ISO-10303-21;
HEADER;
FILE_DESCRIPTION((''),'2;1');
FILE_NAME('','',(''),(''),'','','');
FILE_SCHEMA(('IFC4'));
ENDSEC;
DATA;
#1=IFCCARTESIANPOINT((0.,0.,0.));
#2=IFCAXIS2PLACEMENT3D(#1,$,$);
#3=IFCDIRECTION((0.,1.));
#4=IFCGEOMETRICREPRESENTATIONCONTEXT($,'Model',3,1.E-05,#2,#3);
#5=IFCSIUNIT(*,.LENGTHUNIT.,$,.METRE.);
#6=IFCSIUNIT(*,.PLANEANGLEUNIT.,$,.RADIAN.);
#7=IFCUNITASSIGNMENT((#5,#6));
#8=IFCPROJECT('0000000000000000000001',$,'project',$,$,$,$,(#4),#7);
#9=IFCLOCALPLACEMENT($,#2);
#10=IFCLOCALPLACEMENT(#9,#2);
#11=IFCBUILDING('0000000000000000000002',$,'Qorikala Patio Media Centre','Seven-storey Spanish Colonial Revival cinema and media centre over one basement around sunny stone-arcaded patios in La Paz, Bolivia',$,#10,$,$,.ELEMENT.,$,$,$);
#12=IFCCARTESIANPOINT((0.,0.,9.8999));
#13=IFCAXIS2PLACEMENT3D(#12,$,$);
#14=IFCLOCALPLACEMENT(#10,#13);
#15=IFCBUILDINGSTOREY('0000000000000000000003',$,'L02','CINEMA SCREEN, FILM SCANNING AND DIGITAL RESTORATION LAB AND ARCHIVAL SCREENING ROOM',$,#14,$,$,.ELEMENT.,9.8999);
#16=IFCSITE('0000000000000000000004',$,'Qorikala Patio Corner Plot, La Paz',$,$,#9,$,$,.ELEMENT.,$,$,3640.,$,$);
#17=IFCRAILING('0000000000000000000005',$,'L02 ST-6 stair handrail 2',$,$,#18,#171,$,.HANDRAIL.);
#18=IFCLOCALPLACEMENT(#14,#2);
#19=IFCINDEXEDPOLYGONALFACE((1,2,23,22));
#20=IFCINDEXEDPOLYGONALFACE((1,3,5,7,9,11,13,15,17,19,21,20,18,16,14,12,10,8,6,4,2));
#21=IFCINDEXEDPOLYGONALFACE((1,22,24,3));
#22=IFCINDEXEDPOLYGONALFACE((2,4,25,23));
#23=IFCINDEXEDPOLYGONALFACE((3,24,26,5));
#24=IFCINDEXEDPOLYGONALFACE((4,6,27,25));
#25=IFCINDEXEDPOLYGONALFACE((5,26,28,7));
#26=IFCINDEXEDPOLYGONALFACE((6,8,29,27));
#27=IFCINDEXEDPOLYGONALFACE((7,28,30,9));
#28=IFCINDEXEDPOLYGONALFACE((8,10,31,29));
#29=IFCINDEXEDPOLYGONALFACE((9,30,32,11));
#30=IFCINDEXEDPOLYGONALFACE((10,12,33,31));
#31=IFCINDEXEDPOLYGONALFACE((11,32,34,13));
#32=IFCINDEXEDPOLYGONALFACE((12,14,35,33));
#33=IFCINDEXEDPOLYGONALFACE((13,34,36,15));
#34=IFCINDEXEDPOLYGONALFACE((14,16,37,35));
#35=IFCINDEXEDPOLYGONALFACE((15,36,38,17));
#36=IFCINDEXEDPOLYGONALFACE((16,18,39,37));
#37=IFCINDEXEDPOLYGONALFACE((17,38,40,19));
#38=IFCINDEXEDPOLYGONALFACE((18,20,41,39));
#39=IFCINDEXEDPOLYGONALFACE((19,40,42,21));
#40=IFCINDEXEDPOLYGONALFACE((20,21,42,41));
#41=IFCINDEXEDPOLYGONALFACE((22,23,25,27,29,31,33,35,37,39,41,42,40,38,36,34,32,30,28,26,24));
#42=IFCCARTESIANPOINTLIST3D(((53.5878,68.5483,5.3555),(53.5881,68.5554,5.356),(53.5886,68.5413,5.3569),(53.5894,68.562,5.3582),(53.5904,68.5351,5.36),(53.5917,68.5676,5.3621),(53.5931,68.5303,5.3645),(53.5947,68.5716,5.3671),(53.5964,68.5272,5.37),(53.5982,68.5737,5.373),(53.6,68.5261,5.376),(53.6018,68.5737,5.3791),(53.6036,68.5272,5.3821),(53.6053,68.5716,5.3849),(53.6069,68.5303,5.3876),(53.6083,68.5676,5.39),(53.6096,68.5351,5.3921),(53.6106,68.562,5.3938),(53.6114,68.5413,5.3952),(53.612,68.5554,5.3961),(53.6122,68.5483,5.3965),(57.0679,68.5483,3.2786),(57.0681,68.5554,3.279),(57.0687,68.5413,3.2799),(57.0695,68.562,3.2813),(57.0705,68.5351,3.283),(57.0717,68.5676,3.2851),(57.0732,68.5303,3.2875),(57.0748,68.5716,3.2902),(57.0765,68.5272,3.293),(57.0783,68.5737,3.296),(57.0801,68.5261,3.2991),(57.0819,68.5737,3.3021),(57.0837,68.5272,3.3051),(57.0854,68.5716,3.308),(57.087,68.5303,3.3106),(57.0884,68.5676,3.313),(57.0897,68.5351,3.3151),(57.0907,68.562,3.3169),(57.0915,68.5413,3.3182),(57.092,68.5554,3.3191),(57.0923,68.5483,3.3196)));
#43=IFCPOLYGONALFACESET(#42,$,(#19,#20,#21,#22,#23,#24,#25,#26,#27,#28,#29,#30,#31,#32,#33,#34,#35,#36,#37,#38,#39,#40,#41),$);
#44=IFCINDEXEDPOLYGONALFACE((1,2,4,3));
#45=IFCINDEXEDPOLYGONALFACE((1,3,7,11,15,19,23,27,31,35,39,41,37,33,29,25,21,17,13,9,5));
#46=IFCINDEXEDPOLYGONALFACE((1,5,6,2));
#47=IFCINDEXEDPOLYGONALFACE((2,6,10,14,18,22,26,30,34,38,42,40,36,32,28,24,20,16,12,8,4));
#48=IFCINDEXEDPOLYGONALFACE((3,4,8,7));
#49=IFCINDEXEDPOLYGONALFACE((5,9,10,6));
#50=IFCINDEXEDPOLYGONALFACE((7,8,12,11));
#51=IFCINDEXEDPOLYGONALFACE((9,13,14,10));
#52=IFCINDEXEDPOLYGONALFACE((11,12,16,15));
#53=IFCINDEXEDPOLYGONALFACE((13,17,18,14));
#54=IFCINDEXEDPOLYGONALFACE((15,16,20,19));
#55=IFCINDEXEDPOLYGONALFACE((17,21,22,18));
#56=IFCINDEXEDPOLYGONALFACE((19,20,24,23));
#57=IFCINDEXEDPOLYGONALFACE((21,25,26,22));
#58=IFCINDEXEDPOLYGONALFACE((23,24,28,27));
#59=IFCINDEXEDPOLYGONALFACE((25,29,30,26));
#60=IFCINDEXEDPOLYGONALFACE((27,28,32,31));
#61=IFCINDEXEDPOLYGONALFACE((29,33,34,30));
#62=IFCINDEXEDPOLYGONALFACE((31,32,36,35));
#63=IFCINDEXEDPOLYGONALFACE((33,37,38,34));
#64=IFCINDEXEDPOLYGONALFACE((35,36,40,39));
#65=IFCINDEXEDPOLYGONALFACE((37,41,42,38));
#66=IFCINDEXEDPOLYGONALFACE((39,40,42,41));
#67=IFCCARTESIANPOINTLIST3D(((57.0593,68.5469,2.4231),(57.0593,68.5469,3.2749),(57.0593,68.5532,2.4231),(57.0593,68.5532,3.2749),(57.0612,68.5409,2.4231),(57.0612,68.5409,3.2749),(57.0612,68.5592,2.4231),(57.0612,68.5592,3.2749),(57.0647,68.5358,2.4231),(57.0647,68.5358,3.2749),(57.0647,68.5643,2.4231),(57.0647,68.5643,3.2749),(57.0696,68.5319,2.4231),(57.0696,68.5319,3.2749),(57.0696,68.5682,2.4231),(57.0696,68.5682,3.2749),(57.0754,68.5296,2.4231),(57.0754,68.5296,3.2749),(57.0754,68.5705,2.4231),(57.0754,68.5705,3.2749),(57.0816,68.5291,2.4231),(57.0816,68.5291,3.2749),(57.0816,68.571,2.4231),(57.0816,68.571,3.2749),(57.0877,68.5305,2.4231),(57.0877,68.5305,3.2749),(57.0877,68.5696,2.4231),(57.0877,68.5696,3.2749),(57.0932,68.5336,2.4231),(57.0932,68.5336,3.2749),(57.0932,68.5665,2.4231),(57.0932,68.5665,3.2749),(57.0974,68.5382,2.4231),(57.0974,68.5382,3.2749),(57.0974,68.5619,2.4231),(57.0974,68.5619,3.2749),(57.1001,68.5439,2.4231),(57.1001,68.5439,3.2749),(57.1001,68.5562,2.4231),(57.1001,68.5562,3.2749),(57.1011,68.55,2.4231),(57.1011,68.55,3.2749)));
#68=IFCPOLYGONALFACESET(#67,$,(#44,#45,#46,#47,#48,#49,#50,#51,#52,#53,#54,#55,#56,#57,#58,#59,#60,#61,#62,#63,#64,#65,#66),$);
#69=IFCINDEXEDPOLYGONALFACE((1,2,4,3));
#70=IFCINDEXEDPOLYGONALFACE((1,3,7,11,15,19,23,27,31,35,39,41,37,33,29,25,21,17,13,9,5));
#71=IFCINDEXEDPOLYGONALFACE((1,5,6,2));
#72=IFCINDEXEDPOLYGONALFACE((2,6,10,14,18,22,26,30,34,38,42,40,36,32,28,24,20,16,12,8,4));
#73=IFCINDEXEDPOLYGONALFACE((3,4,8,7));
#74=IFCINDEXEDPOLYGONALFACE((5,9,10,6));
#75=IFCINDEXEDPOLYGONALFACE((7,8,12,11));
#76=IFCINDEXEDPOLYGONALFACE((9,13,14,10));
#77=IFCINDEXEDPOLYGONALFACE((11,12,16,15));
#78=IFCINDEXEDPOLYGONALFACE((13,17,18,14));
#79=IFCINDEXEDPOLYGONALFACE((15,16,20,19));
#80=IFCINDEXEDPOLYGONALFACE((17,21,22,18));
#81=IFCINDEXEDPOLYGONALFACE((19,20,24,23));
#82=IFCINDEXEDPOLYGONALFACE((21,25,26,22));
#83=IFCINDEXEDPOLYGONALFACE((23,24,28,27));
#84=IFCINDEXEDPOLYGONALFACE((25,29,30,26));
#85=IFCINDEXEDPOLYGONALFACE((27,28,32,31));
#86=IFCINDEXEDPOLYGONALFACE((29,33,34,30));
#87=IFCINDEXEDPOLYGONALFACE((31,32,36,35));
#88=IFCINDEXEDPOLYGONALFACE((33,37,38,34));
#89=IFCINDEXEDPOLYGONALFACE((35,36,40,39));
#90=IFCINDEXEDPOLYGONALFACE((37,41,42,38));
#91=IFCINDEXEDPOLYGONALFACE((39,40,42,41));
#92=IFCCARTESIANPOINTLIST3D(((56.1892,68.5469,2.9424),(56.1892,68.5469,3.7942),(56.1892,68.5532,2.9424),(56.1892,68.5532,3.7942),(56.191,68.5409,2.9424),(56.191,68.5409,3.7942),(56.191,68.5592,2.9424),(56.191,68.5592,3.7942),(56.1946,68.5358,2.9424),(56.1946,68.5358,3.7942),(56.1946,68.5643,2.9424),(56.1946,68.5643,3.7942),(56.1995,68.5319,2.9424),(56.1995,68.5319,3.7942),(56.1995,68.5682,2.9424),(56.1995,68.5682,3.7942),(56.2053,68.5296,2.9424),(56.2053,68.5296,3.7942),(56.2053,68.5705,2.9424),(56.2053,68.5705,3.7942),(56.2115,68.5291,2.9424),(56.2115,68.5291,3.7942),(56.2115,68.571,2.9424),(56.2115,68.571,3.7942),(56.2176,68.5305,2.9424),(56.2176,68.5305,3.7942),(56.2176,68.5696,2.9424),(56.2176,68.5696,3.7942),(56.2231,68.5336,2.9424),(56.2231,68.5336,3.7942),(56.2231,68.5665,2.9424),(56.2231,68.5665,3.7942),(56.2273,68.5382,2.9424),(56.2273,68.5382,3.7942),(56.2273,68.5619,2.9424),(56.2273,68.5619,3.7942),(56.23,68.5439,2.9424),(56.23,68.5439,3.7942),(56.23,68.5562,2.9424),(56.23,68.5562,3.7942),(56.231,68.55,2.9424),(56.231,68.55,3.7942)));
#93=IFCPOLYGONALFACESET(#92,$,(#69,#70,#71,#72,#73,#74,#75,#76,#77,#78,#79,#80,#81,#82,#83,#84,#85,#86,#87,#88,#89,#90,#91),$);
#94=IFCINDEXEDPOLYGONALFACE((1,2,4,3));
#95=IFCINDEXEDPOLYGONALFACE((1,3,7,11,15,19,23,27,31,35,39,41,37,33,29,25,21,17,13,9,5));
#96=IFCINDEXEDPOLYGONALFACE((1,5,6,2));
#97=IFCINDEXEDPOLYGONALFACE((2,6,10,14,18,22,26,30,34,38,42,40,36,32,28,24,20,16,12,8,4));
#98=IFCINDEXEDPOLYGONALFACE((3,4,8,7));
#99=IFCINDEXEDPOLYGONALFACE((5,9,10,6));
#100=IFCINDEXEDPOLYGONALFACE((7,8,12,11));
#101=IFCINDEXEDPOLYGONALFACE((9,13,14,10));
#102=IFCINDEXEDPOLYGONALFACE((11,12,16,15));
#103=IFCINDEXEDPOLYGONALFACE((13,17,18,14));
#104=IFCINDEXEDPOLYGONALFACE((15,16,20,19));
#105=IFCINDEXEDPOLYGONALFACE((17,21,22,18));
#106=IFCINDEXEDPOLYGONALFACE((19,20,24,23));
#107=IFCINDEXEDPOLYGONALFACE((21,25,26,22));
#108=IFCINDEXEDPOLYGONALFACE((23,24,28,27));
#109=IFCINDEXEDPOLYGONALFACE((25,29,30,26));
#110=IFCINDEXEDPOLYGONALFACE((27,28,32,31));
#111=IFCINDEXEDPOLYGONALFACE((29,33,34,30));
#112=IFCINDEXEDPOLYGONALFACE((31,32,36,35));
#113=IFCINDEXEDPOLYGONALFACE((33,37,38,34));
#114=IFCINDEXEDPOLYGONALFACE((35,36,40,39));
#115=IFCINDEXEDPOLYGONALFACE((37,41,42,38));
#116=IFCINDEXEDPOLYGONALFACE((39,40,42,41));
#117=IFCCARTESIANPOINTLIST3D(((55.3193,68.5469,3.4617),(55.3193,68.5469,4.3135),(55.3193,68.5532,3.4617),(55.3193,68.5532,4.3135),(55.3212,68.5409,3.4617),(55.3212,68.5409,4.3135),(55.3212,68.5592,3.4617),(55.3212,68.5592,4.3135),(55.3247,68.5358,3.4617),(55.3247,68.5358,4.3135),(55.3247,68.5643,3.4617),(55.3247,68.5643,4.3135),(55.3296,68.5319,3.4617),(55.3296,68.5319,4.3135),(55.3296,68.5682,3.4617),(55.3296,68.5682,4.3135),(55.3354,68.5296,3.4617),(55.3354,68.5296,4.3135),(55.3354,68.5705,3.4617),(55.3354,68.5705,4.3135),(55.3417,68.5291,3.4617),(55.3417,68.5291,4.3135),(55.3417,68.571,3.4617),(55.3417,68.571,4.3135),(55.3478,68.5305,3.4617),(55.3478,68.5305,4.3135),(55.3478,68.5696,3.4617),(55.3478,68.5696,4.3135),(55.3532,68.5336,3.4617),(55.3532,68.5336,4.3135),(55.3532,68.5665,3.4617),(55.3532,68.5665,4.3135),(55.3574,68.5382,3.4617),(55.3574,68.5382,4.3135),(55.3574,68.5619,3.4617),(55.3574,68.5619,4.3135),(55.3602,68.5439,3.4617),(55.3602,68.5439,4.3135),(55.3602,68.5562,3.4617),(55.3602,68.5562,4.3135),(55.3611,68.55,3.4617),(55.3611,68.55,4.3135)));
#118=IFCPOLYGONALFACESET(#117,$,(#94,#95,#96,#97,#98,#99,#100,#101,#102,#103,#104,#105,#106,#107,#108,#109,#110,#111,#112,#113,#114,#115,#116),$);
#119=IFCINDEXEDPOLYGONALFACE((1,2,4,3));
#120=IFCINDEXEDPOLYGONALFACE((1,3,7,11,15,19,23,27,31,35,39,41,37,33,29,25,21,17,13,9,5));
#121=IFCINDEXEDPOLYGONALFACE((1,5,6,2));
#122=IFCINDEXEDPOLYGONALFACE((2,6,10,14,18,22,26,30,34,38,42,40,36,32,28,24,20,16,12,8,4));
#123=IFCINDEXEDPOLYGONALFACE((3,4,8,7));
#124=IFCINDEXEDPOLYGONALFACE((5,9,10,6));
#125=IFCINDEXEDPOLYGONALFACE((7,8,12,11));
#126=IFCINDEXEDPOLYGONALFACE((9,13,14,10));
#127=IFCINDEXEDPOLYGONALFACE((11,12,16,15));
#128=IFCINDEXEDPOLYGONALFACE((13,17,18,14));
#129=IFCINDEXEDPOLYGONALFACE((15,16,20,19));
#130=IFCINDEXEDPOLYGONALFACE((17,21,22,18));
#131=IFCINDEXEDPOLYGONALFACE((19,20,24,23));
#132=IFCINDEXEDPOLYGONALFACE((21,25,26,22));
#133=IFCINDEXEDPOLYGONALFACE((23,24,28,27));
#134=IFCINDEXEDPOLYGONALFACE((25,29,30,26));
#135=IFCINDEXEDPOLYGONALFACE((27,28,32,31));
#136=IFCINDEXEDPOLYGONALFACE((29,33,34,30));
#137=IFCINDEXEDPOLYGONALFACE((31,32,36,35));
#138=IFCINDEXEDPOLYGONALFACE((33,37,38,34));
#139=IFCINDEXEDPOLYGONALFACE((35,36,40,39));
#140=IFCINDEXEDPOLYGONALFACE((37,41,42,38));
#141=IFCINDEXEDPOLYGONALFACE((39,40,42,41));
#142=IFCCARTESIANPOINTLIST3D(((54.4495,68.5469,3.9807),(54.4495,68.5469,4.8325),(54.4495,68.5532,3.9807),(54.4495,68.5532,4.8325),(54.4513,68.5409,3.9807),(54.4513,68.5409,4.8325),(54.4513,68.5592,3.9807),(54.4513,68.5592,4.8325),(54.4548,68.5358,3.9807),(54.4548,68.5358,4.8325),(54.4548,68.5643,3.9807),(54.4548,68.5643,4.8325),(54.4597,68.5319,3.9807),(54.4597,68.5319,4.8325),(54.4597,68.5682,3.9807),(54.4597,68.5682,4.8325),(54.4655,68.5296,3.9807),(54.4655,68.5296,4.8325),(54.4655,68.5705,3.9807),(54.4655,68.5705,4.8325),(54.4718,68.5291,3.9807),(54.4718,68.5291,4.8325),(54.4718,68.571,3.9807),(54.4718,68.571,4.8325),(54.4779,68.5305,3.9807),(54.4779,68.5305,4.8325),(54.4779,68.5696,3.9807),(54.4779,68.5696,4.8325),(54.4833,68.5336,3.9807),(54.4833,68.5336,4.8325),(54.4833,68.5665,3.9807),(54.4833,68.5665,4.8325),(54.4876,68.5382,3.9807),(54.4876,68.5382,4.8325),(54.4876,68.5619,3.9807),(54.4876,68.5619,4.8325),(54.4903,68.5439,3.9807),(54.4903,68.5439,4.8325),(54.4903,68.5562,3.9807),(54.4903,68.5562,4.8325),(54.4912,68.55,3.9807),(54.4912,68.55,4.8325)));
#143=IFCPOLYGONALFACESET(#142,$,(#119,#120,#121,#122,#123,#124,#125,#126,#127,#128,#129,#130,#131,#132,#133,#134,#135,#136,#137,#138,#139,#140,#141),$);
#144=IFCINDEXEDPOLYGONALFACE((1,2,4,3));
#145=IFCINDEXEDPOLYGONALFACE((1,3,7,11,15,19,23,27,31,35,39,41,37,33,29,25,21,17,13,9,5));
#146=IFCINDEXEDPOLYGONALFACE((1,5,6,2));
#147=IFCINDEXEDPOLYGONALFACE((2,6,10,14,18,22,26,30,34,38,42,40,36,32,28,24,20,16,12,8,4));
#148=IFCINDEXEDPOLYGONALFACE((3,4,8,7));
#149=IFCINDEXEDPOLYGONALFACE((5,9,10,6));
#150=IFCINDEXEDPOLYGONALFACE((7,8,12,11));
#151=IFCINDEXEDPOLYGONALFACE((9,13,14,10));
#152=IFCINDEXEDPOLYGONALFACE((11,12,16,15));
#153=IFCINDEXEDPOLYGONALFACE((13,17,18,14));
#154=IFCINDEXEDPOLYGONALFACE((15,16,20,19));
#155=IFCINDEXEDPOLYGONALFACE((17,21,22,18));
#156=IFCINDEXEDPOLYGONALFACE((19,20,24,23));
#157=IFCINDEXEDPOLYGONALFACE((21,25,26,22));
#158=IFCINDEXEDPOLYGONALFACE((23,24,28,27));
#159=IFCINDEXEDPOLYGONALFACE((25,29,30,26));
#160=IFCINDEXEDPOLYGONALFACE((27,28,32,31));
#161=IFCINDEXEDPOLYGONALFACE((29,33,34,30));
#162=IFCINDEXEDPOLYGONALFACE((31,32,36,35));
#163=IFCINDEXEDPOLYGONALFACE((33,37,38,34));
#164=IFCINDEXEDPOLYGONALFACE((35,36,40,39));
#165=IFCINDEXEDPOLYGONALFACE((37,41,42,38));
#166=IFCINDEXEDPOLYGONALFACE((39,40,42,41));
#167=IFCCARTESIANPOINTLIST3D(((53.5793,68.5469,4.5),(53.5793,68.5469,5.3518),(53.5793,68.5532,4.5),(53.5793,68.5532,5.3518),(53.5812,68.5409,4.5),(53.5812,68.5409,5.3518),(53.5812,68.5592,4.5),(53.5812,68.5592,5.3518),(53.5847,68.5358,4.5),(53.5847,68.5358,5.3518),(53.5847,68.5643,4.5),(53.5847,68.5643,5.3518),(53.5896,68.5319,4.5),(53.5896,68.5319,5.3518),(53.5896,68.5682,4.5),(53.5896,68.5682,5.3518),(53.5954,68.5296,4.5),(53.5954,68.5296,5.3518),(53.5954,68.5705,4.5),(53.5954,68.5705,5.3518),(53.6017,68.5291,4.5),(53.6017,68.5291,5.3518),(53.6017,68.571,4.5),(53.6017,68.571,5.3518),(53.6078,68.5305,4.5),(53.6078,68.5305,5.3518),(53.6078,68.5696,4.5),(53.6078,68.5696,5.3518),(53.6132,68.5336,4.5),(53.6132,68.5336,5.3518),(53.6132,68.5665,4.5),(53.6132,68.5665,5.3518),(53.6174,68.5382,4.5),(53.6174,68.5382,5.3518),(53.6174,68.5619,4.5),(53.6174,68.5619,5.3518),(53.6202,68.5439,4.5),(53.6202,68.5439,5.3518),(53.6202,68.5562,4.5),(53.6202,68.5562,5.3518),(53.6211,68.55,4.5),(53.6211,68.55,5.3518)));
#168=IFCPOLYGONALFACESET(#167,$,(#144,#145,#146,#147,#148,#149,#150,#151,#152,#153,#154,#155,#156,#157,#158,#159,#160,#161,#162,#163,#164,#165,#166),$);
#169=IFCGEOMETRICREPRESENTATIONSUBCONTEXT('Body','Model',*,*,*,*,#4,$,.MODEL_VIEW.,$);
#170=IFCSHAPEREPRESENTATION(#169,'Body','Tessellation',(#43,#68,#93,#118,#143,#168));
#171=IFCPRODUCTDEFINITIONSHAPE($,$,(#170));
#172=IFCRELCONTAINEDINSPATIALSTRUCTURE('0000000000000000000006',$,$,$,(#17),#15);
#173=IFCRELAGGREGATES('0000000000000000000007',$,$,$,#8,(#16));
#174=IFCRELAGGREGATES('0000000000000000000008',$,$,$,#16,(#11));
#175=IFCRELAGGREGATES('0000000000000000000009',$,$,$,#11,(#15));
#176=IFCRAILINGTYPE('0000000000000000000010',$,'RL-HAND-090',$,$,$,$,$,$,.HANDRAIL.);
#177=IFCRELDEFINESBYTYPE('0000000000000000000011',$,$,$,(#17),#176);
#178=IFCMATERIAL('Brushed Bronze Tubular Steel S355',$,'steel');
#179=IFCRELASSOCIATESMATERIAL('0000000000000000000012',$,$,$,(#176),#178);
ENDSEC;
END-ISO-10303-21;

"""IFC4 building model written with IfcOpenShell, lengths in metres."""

from ifc_helpers import new_model, si_unit, direction, frame, origin, origin_2d, place, context, subcontext, project, spatial, circle, extrude, material, type_object, element, save


model = new_model("IFC4")

# Units and contexts
model_context = context("Model", 3, precision=1e-05, world=origin(), true_north=direction((0.0, 1.0)))
body_context = subcontext(model_context, "Body", "Model", "MODEL_VIEW")
ifc_project = project(units=[si_unit("LENGTHUNIT", "METRE"), si_unit("PLANEANGLEUNIT", "RADIAN")], contexts=[model_context])

# Site, building, storey
site_placement = place(None, origin())
site = spatial("IfcSite", under=ifc_project, at=site_placement, Name="Qorikala Patio Corner Plot, La Paz", CompositionType="ELEMENT", RefElevation=3640.0)
building_placement = place(site_placement, origin())
building = spatial("IfcBuilding", under=site, at=building_placement, Name="Qorikala Patio Media Centre", Description="Seven-storey Spanish Colonial Revival cinema and media centre over one basement around sunny stone-arcaded patios in La Paz, Bolivia", CompositionType="ELEMENT")
storey_placement = place(building_placement, frame((0.0, 0.0, 9.8999)))
storey = spatial("IfcBuildingStorey", under=building, at=storey_placement, Name="L02", Description="CINEMA SCREEN, FILM SCANNING AND DIGITAL RESTORATION LAB AND ARCHIVAL SCREENING ROOM", CompositionType="ELEMENT", Elevation=9.8999)

# Railing
ifc_material_1 = material(Name="Brushed Bronze Tubular Steel S355", Category="steel")
railing_type_1 = type_object("IfcRailingType", Name="RL-HAND-090", PredefinedType="HANDRAIL", material=ifc_material_1)
railing_1_placement = place(storey_placement, frame((57.0801, 68.55, 2.4231)))
element("IfcRailing", 1, at=railing_1_placement, inside=storey, type_object=railing_type_1, Name="L02 ST-6 stair handrail 2", PredefinedType="HANDRAIL", context=body_context, shape_type="SweptSolid", body=[
    extrude(circle(Radius=0.0239, at=origin_2d()), frame((0.0, 0.0, 0.876), z_axis=(-0.858697, 0.0, 0.512483), x_axis=(0.0, -1.0, 0.0)), (0.0, 0.0, 1.0), 4.0527),
    extrude(circle(Radius=0.021, at=origin_2d()), origin(), (0.0, 0.0, 1.0), 0.8518),
    extrude(circle(Radius=0.021, at=origin_2d()), frame((-0.8701, 0.0, 0.5193)), (0.0, 0.0, 1.0), 0.8518),
    extrude(circle(Radius=0.021, at=origin_2d()), frame((-1.74, 0.0, 1.0386)), (0.0, 0.0, 1.0), 0.8518),
    extrude(circle(Radius=0.021, at=origin_2d()), frame((-2.6099, 0.0, 1.5576)), (0.0, 0.0, 1.0), 0.8518),
    extrude(circle(Radius=0.021, at=origin_2d()), frame((-3.48, 0.0, 2.0769)), (0.0, 0.0, 1.0), 0.8518),
])

save(model, "model.ifc")
